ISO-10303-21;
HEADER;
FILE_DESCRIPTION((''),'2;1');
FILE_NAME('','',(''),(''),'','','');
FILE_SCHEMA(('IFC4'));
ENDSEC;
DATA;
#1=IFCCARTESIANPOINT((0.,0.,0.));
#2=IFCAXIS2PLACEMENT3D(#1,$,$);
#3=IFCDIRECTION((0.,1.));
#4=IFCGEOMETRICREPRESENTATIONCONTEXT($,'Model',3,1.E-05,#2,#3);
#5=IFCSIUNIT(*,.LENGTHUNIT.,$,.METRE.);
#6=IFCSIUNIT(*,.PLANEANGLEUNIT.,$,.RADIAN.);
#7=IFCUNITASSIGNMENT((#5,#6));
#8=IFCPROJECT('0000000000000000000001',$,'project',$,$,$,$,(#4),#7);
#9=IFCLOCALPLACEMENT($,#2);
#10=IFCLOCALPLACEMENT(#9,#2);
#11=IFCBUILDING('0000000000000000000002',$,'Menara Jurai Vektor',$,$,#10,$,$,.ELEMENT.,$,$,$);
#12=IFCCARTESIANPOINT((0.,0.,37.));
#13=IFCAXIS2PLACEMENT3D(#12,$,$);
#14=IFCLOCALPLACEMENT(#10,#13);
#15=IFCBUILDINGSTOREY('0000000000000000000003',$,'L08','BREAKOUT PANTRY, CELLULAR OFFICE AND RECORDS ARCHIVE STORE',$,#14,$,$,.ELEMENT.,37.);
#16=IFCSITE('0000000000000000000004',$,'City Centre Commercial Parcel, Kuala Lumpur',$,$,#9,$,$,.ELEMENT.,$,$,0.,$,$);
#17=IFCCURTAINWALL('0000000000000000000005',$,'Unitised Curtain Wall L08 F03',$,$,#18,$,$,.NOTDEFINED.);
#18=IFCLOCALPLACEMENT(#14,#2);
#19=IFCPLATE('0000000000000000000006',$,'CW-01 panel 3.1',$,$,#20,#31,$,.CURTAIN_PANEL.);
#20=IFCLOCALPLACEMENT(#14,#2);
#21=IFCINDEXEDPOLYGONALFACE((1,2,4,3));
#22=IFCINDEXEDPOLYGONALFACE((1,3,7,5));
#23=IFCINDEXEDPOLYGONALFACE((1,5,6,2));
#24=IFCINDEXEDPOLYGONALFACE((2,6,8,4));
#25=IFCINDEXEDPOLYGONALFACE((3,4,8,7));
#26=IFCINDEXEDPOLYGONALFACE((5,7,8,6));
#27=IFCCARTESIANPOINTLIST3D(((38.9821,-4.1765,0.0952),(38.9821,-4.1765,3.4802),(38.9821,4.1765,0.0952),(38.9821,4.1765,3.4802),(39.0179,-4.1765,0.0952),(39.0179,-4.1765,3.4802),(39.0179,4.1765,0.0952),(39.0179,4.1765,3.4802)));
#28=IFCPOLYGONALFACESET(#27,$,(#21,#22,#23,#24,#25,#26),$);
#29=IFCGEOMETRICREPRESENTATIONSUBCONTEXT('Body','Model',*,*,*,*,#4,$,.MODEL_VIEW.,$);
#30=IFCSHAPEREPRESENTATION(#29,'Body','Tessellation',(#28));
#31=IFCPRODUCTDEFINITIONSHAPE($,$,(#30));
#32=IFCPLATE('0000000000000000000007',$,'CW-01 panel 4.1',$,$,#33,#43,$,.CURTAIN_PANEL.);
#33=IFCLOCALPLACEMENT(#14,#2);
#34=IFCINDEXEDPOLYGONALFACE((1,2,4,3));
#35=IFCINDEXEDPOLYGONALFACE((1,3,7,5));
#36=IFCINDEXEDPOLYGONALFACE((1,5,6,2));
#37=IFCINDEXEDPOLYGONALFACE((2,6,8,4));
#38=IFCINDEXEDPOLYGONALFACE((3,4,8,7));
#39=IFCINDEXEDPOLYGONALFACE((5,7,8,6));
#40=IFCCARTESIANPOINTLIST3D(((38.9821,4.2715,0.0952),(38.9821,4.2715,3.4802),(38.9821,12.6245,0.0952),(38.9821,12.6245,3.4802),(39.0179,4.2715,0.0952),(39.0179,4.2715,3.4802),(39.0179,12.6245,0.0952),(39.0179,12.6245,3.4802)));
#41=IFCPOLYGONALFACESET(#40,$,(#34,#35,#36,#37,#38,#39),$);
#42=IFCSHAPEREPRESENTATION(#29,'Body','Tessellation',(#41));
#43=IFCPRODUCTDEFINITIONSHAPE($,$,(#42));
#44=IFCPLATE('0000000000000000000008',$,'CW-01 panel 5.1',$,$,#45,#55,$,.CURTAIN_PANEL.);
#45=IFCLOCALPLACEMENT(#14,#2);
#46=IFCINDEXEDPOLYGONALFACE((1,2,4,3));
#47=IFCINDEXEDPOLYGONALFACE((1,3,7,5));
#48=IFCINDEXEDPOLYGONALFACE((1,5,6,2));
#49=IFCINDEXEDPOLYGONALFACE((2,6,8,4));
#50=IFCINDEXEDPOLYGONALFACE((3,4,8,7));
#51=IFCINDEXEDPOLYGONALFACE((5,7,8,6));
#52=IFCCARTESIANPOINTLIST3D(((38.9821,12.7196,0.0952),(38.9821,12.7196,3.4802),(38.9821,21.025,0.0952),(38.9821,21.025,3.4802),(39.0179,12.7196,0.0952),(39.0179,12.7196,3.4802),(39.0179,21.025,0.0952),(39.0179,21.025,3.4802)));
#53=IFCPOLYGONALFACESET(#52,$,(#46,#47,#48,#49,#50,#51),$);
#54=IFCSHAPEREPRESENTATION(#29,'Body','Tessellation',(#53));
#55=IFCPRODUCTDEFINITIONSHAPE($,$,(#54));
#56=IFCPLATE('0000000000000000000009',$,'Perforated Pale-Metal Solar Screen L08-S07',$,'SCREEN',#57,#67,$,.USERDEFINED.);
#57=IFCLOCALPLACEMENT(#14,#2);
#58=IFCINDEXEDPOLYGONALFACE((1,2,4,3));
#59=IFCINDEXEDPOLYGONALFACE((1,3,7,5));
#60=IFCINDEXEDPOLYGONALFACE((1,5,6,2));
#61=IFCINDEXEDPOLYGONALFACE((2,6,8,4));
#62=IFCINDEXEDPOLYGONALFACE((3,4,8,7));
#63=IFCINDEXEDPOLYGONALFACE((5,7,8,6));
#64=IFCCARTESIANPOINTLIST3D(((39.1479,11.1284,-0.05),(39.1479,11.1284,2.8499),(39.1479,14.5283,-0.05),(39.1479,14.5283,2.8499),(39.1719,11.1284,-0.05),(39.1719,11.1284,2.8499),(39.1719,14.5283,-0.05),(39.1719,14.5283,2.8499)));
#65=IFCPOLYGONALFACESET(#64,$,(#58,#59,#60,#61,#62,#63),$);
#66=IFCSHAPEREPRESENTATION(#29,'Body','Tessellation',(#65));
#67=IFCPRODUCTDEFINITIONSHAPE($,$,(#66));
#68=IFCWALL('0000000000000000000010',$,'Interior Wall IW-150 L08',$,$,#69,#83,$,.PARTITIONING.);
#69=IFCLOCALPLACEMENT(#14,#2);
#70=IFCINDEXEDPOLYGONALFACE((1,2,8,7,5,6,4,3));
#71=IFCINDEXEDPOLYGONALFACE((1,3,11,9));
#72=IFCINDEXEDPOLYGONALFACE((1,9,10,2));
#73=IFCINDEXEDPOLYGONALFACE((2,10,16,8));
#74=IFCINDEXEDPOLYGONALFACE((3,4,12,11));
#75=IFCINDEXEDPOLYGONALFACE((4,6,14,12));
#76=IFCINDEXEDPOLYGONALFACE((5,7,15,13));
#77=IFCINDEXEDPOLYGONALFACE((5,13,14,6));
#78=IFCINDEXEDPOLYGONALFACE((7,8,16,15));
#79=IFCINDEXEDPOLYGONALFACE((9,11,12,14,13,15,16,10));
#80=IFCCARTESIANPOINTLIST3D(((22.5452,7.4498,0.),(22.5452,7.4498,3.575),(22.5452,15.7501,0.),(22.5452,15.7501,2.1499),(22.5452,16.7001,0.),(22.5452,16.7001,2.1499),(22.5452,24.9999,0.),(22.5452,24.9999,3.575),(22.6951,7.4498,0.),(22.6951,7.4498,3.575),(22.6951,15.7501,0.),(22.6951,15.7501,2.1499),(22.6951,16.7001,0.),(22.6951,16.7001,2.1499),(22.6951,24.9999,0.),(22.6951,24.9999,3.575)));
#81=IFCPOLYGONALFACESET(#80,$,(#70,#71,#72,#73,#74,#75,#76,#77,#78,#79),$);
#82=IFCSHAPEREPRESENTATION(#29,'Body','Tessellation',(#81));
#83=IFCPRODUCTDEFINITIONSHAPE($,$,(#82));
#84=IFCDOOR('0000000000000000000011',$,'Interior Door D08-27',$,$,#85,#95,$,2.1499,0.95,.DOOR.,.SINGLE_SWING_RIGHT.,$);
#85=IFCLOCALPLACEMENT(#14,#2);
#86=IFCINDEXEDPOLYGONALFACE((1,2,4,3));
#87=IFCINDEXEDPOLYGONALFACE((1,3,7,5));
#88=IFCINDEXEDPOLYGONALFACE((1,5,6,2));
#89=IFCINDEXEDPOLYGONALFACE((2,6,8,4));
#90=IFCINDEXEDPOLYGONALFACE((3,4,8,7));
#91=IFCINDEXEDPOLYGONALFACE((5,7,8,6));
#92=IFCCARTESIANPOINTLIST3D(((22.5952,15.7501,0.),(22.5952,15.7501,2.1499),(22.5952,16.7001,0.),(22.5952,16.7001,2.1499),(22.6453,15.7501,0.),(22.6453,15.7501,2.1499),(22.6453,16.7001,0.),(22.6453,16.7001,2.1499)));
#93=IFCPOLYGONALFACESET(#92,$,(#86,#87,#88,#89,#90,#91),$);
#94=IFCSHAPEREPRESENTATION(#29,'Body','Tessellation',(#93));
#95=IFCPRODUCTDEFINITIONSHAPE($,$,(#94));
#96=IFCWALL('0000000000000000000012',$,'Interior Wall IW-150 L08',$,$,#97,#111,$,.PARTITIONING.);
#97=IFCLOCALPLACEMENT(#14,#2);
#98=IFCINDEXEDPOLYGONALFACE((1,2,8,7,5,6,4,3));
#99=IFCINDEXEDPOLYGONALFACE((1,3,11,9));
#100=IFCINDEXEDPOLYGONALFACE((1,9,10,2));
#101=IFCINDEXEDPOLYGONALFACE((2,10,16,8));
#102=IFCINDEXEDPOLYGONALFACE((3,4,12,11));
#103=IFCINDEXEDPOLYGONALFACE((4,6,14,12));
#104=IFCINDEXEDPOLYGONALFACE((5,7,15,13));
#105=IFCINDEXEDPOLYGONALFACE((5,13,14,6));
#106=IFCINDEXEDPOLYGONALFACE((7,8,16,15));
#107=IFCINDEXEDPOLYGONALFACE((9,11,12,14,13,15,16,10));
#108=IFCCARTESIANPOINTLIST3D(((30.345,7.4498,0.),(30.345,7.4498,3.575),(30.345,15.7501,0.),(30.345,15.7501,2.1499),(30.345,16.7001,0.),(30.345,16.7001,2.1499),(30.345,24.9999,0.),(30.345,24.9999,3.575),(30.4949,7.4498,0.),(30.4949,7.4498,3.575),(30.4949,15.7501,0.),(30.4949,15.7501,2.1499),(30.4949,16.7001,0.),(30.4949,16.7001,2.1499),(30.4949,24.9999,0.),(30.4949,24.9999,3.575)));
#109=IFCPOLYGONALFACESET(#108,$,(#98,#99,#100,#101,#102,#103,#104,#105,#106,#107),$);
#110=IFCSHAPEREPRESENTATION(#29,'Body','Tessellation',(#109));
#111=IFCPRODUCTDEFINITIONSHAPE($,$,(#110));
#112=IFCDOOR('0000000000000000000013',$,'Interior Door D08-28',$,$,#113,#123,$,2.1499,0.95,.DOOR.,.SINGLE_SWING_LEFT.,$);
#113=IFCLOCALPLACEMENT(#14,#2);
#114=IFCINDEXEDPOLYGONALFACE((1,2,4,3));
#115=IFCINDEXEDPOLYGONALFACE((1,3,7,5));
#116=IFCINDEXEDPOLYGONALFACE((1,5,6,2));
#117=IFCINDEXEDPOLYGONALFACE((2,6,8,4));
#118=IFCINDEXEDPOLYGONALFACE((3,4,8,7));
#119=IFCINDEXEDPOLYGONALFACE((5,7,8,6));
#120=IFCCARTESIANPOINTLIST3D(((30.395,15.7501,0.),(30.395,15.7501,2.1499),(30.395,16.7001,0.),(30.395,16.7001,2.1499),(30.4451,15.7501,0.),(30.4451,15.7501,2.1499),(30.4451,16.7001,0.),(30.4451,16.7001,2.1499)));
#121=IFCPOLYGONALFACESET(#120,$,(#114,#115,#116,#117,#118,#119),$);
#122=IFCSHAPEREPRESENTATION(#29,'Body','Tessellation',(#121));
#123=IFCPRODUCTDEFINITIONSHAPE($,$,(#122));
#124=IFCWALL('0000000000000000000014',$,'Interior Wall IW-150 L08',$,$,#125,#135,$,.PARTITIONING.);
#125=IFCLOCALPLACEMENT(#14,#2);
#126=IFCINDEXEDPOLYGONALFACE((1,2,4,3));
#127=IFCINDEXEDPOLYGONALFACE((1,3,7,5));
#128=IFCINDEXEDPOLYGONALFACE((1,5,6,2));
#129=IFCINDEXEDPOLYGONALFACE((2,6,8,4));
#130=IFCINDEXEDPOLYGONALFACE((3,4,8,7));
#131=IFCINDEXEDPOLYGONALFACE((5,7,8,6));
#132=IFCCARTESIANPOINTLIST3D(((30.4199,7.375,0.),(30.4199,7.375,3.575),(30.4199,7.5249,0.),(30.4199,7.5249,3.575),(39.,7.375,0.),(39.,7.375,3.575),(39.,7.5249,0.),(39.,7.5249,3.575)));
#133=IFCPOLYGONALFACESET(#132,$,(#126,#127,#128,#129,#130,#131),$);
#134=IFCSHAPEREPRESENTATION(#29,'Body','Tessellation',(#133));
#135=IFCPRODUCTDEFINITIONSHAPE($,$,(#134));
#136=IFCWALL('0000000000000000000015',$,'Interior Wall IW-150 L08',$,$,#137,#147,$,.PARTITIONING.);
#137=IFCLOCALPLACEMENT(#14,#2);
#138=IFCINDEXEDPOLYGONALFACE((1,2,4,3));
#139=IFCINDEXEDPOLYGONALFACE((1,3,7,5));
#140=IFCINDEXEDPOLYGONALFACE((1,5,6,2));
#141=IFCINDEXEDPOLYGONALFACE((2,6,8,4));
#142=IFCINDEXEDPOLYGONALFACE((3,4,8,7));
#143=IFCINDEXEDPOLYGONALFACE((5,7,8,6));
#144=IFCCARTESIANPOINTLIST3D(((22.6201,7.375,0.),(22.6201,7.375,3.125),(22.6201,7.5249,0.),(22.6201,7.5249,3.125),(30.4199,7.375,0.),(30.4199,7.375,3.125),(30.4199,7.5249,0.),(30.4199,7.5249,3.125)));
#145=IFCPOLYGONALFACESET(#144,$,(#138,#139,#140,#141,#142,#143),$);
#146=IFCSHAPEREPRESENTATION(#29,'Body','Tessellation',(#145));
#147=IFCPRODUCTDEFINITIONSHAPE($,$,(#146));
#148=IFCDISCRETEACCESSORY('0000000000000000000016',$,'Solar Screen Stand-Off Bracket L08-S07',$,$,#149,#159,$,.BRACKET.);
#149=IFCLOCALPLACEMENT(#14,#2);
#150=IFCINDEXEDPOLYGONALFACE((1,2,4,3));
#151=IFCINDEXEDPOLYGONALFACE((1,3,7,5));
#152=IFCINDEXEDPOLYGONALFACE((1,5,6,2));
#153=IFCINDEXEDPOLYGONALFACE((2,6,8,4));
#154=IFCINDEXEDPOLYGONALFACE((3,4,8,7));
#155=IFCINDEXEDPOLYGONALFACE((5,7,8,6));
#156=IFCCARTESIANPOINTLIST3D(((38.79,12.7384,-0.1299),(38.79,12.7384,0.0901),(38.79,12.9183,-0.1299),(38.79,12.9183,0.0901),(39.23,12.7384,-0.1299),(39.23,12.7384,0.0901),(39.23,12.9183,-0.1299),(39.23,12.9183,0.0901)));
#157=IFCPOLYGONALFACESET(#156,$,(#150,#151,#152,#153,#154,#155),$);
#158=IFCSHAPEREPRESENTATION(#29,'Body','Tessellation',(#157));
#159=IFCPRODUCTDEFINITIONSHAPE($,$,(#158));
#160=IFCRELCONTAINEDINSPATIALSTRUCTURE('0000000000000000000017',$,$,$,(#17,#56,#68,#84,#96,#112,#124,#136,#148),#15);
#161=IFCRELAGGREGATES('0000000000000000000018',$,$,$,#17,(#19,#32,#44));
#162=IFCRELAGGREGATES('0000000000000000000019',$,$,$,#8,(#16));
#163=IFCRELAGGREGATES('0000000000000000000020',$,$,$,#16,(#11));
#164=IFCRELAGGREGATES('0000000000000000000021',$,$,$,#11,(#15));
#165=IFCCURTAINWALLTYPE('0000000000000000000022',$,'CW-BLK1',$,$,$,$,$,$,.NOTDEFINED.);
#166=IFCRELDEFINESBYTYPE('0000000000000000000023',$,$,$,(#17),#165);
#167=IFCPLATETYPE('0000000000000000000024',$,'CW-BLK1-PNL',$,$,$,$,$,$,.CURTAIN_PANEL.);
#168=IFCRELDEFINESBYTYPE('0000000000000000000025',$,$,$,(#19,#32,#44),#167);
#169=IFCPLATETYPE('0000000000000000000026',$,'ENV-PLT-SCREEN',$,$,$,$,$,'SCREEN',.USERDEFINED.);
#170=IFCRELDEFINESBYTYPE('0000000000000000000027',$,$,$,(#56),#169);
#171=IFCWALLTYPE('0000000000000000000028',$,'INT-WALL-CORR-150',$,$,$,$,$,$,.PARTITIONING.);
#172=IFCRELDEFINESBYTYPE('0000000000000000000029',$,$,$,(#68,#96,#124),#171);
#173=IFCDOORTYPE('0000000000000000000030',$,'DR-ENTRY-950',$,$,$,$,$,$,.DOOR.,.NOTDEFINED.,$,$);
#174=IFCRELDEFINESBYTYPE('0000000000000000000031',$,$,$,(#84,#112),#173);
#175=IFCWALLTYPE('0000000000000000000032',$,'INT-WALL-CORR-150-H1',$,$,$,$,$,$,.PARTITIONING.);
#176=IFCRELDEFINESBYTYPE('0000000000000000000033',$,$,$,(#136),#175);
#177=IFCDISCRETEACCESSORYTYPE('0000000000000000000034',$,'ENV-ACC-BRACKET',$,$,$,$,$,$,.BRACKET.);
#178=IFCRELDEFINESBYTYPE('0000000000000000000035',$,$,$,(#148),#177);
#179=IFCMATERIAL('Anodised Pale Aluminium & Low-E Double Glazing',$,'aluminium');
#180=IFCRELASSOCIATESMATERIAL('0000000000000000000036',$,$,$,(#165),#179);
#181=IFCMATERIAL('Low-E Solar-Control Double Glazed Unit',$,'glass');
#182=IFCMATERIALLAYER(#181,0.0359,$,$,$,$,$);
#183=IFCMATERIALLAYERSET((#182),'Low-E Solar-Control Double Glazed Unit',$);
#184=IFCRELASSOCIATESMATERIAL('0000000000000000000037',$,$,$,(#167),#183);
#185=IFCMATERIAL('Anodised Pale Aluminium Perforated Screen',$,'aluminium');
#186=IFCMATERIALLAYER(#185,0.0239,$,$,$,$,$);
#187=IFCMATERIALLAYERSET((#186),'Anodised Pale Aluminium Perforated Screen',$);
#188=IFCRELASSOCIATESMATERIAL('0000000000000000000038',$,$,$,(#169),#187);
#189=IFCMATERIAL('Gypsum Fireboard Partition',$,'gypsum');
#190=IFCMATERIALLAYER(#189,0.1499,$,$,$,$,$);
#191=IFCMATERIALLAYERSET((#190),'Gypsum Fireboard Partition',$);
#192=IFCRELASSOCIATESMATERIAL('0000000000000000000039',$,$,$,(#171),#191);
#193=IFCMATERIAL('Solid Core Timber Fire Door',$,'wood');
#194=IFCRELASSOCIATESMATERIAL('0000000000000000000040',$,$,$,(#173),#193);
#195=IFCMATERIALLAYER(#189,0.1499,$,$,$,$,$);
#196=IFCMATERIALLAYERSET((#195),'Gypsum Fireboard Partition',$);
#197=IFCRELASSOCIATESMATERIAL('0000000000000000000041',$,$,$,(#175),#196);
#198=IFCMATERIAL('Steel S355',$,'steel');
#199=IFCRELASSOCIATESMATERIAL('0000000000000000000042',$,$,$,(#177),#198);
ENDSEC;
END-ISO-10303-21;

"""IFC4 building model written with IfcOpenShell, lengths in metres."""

from ifc_helpers import new_model, si_unit, direction, frame, frame_2d, origin, origin_2d, place, context, subcontext, project, spatial, rectangle, extrude, material, layer, layer_set, type_object, element, fill, aggregate, save


model = new_model("IFC4")

# Units and contexts
model_context = context("Model", 3, precision=1e-05, world=origin(), true_north=direction((0.0, 1.0)))
body_context = subcontext(model_context, "Body", "Model", "MODEL_VIEW")
ifc_project = project(units=[si_unit("LENGTHUNIT", "METRE"), si_unit("PLANEANGLEUNIT", "RADIAN")], contexts=[model_context])

# Site, building, storey
site_placement = place(None, origin())
site = spatial("IfcSite", under=ifc_project, at=site_placement, Name="City Centre Commercial Parcel, Kuala Lumpur", CompositionType="ELEMENT", RefElevation=0.0)
building_placement = place(site_placement, origin())
building = spatial("IfcBuilding", under=site, at=building_placement, Name="Menara Jurai Vektor", CompositionType="ELEMENT")
storey_placement = place(building_placement, frame((0.0, 0.0, 37.0)))
storey = spatial("IfcBuildingStorey", under=building, at=storey_placement, Name="L08", Description="BREAKOUT PANTRY, CELLULAR OFFICE AND RECORDS ARCHIVE STORE", CompositionType="ELEMENT", Elevation=37.0)

# Curtain wall
ifc_material_1 = material(Name="Anodised Pale Aluminium & Low-E Double Glazing", Category="aluminium")
curtain_wall_type = type_object("IfcCurtainWallType", Name="CW-BLK1", PredefinedType="NOTDEFINED", material=ifc_material_1)
curtain_wall_placement = place(storey_placement, origin())
curtain_wall = element("IfcCurtainWall", 1, at=curtain_wall_placement, inside=storey, type_object=curtain_wall_type, Name="Unitised Curtain Wall L08 F03", PredefinedType="NOTDEFINED")

# Shared definitions
ifc_material_2 = material(Name="Steel S355", Category="steel")

# Plates
ifc_material_3 = material(Name="Low-E Solar-Control Double Glazed Unit", Category="glass")
ifc_layer_1 = layer(ifc_material_3, 0.0359)
ifc_layer_set_1 = layer_set([ifc_layer_1], Name="Low-E Solar-Control Double Glazed Unit")
plate_type_1 = type_object("IfcPlateType", Name="CW-BLK1-PNL", PredefinedType="CURTAIN_PANEL", material=ifc_layer_set_1)
plate_1_placement = place(storey_placement, frame((39.0, 0.0, 0.0952), z_axis=(0.0, 0.0, 1.0), x_axis=(0.0, 1.0, 0.0)))
plate_1 = element("IfcPlate", 2, at=plate_1_placement, type_object=plate_type_1, Name="CW-01 panel 3.1", PredefinedType="CURTAIN_PANEL", context=body_context, shape_type="SweptSolid", body=[
    extrude(rectangle(XDim=8.353, YDim=0.0359, at=origin_2d()), origin(), (0.0, 0.0, 1.0), 3.385),
])
plate_2_placement = place(storey_placement, frame((39.0, 8.448, 0.0952), z_axis=(0.0, 0.0, 1.0), x_axis=(0.0, 1.0, 0.0)))
plate_2 = element("IfcPlate", 3, at=plate_2_placement, type_object=plate_type_1, Name="CW-01 panel 4.1", PredefinedType="CURTAIN_PANEL", context=body_context, shape_type="SweptSolid", body=[
    extrude(rectangle(XDim=8.353, YDim=0.0359, at=origin_2d()), origin(), (0.0, 0.0, 1.0), 3.385),
])
plate_3_placement = place(storey_placement, frame((39.0, 16.8723, 0.0952), z_axis=(0.0, 0.0, 1.0), x_axis=(0.0, 1.0, 0.0)))
plate_3 = element("IfcPlate", 4, at=plate_3_placement, type_object=plate_type_1, Name="CW-01 panel 5.1", PredefinedType="CURTAIN_PANEL", context=body_context, shape_type="SweptSolid", body=[
    extrude(rectangle(XDim=8.3054, YDim=0.0359, at=origin_2d()), origin(), (0.0, 0.0, 1.0), 3.385),
])
aggregate(curtain_wall, [plate_1, plate_2, plate_3])
ifc_material_4 = material(Name="Anodised Pale Aluminium Perforated Screen", Category="aluminium")
ifc_layer_2 = layer(ifc_material_4, 0.0239)
ifc_layer_set_2 = layer_set([ifc_layer_2], Name="Anodised Pale Aluminium Perforated Screen")
plate_type_2 = type_object("IfcPlateType", Name="ENV-PLT-SCREEN", ElementType="SCREEN", PredefinedType="USERDEFINED", material=ifc_layer_set_2)
plate_4_placement = place(storey_placement, frame((39.1599, 12.8284, -0.05), z_axis=(0.0, 0.0, 1.0), x_axis=(0.0, 1.0, 0.0)))
element("IfcPlate", 5, at=plate_4_placement, inside=storey, type_object=plate_type_2, Name="Perforated Pale-Metal Solar Screen L08-S07", ObjectType="SCREEN", PredefinedType="USERDEFINED", context=body_context, shape_type="SweptSolid", body=[
    extrude(rectangle(XDim=3.3999, YDim=0.0239, at=origin_2d()), origin(), (0.0, 0.0, 1.0), 2.8999),
])

# Walls, openings, doors
ifc_material_5 = material(Name="Gypsum Fireboard Partition", Category="gypsum")
ifc_layer_3 = layer(ifc_material_5, 0.1499)
ifc_layer_set_3 = layer_set([ifc_layer_3], Name="Gypsum Fireboard Partition")
wall_type_1 = type_object("IfcWallType", Name="INT-WALL-CORR-150", PredefinedType="PARTITIONING", material=ifc_layer_set_3)
wall_1_placement = place(storey_placement, frame((22.6201, 7.45, 0.0), z_axis=(0.0, 0.0, 1.0), x_axis=(0.0, 1.0, 0.0)))
wall_1 = element("IfcWall", 6, at=wall_1_placement, inside=storey, type_object=wall_type_1, Name="Interior Wall IW-150 L08", PredefinedType="PARTITIONING", context=body_context, shape_type="SweptSolid", body=[
    extrude(rectangle(XDim=17.55, YDim=0.1499, at=frame_2d((8.7749, 0.0))), origin(), (0.0, 0.0, 1.0), 3.575),
])
opening_1_placement = place(wall_1_placement, frame((8.3, 0.0, 0.0)))
opening_1 = element("IfcOpeningElement", 7, at=opening_1_placement, cuts=wall_1, PredefinedType="OPENING", context=body_context, shape_type="SweptSolid", body=[
    extrude(rectangle(XDim=0.95, YDim=2.1499, at=frame_2d((0.4751, 1.075))), frame((0.0, 0.085, 0.0), z_axis=(0.0, -1.0, 0.0), x_axis=(1.0, 0.0, 0.0)), (0.0, 0.0, 1.0), 0.1699),
])
ifc_material_6 = material(Name="Solid Core Timber Fire Door", Category="wood")
door_type = type_object("IfcDoorType", Name="DR-ENTRY-950", OperationType="NOTDEFINED", PredefinedType="DOOR", material=ifc_material_6)
door_1_placement = place(opening_1_placement, origin())
door_1 = element("IfcDoor", 8, at=door_1_placement, inside=storey, type_object=door_type, Name="Interior Door D08-27", OperationType="SINGLE_SWING_RIGHT", OverallHeight=2.1499, OverallWidth=0.95, PredefinedType="DOOR", context=body_context, shape_type="SweptSolid", body=[
    extrude(rectangle(XDim=0.95, YDim=2.1499, at=frame_2d((0.4751, 1.075))), frame((0.0, 0.0249, 0.0), z_axis=(0.0, -1.0, 0.0), x_axis=(1.0, 0.0, 0.0)), (0.0, 0.0, 1.0), 0.05),
])
fill(opening_1, door_1)
wall_2_placement = place(storey_placement, frame((30.4199, 7.45, 0.0), z_axis=(0.0, 0.0, 1.0), x_axis=(0.0, 1.0, 0.0)))
wall_2 = element("IfcWall", 9, at=wall_2_placement, inside=storey, type_object=wall_type_1, Name="Interior Wall IW-150 L08", PredefinedType="PARTITIONING", context=body_context, shape_type="SweptSolid", body=[
    extrude(rectangle(XDim=17.55, YDim=0.1499, at=frame_2d((8.7749, 0.0))), origin(), (0.0, 0.0, 1.0), 3.575),
])
opening_2_placement = place(wall_2_placement, frame((8.3, 0.0, 0.0)))
opening_2 = element("IfcOpeningElement", 10, at=opening_2_placement, cuts=wall_2, PredefinedType="OPENING", context=body_context, shape_type="SweptSolid", body=[
    extrude(rectangle(XDim=0.95, YDim=2.1499, at=frame_2d((0.4751, 1.075))), frame((0.0, 0.085, 0.0), z_axis=(0.0, -1.0, 0.0), x_axis=(1.0, 0.0, 0.0)), (0.0, 0.0, 1.0), 0.1699),
])
door_2_placement = place(opening_2_placement, origin())
door_2 = element("IfcDoor", 11, at=door_2_placement, inside=storey, type_object=door_type, Name="Interior Door D08-28", OperationType="SINGLE_SWING_LEFT", OverallHeight=2.1499, OverallWidth=0.95, PredefinedType="DOOR", context=body_context, shape_type="SweptSolid", body=[
    extrude(rectangle(XDim=0.95, YDim=2.1499, at=frame_2d((0.4751, 1.075))), frame((0.0, 0.0249, 0.0), z_axis=(0.0, -1.0, 0.0), x_axis=(1.0, 0.0, 0.0)), (0.0, 0.0, 1.0), 0.05),
])
fill(opening_2, door_2)

# Walls
wall_3_placement = place(storey_placement, frame((30.4199, 7.45, 0.0), z_axis=(0.0, 0.0, 1.0), x_axis=(1.0, 0.0, 0.0)))
element("IfcWall", 12, at=wall_3_placement, inside=storey, type_object=wall_type_1, Name="Interior Wall IW-150 L08", PredefinedType="PARTITIONING", context=body_context, shape_type="SweptSolid", body=[
    extrude(rectangle(XDim=8.5801, YDim=0.1499, at=frame_2d((4.29, 0.0))), origin(), (0.0, 0.0, 1.0), 3.575),
])
ifc_layer_4 = layer(ifc_material_5, 0.1499)
ifc_layer_set_4 = layer_set([ifc_layer_4], Name="Gypsum Fireboard Partition")
wall_type_2 = type_object("IfcWallType", Name="INT-WALL-CORR-150-H1", PredefinedType="PARTITIONING", material=ifc_layer_set_4)
wall_4_placement = place(storey_placement, frame((22.6201, 7.45, 0.0), z_axis=(0.0, 0.0, 1.0), x_axis=(1.0, 0.0, 0.0)))
element("IfcWall", 13, at=wall_4_placement, inside=storey, type_object=wall_type_2, Name="Interior Wall IW-150 L08", PredefinedType="PARTITIONING", context=body_context, shape_type="SweptSolid", body=[
    extrude(rectangle(XDim=7.7998, YDim=0.1499, at=frame_2d((3.8999, 0.0))), origin(), (0.0, 0.0, 1.0), 3.125),
])

# Discrete accessory
discrete_accessory_type = type_object("IfcDiscreteAccessoryType", Name="ENV-ACC-BRACKET", PredefinedType="BRACKET", material=ifc_material_2)
discrete_accessory_placement = place(storey_placement, frame((39.01, 12.8284, -0.1299), z_axis=(0.0, 0.0, 1.0), x_axis=(0.0, 1.0, 0.0)))
element("IfcDiscreteAccessory", 14, at=discrete_accessory_placement, inside=storey, type_object=discrete_accessory_type, Name="Solar Screen Stand-Off Bracket L08-S07", PredefinedType="BRACKET", context=body_context, shape_type="SweptSolid", body=[
    extrude(rectangle(XDim=0.1799, YDim=0.4399, at=origin_2d()), origin(), (0.0, 0.0, 1.0), 0.22),
])

save(model, "model.ifc")
